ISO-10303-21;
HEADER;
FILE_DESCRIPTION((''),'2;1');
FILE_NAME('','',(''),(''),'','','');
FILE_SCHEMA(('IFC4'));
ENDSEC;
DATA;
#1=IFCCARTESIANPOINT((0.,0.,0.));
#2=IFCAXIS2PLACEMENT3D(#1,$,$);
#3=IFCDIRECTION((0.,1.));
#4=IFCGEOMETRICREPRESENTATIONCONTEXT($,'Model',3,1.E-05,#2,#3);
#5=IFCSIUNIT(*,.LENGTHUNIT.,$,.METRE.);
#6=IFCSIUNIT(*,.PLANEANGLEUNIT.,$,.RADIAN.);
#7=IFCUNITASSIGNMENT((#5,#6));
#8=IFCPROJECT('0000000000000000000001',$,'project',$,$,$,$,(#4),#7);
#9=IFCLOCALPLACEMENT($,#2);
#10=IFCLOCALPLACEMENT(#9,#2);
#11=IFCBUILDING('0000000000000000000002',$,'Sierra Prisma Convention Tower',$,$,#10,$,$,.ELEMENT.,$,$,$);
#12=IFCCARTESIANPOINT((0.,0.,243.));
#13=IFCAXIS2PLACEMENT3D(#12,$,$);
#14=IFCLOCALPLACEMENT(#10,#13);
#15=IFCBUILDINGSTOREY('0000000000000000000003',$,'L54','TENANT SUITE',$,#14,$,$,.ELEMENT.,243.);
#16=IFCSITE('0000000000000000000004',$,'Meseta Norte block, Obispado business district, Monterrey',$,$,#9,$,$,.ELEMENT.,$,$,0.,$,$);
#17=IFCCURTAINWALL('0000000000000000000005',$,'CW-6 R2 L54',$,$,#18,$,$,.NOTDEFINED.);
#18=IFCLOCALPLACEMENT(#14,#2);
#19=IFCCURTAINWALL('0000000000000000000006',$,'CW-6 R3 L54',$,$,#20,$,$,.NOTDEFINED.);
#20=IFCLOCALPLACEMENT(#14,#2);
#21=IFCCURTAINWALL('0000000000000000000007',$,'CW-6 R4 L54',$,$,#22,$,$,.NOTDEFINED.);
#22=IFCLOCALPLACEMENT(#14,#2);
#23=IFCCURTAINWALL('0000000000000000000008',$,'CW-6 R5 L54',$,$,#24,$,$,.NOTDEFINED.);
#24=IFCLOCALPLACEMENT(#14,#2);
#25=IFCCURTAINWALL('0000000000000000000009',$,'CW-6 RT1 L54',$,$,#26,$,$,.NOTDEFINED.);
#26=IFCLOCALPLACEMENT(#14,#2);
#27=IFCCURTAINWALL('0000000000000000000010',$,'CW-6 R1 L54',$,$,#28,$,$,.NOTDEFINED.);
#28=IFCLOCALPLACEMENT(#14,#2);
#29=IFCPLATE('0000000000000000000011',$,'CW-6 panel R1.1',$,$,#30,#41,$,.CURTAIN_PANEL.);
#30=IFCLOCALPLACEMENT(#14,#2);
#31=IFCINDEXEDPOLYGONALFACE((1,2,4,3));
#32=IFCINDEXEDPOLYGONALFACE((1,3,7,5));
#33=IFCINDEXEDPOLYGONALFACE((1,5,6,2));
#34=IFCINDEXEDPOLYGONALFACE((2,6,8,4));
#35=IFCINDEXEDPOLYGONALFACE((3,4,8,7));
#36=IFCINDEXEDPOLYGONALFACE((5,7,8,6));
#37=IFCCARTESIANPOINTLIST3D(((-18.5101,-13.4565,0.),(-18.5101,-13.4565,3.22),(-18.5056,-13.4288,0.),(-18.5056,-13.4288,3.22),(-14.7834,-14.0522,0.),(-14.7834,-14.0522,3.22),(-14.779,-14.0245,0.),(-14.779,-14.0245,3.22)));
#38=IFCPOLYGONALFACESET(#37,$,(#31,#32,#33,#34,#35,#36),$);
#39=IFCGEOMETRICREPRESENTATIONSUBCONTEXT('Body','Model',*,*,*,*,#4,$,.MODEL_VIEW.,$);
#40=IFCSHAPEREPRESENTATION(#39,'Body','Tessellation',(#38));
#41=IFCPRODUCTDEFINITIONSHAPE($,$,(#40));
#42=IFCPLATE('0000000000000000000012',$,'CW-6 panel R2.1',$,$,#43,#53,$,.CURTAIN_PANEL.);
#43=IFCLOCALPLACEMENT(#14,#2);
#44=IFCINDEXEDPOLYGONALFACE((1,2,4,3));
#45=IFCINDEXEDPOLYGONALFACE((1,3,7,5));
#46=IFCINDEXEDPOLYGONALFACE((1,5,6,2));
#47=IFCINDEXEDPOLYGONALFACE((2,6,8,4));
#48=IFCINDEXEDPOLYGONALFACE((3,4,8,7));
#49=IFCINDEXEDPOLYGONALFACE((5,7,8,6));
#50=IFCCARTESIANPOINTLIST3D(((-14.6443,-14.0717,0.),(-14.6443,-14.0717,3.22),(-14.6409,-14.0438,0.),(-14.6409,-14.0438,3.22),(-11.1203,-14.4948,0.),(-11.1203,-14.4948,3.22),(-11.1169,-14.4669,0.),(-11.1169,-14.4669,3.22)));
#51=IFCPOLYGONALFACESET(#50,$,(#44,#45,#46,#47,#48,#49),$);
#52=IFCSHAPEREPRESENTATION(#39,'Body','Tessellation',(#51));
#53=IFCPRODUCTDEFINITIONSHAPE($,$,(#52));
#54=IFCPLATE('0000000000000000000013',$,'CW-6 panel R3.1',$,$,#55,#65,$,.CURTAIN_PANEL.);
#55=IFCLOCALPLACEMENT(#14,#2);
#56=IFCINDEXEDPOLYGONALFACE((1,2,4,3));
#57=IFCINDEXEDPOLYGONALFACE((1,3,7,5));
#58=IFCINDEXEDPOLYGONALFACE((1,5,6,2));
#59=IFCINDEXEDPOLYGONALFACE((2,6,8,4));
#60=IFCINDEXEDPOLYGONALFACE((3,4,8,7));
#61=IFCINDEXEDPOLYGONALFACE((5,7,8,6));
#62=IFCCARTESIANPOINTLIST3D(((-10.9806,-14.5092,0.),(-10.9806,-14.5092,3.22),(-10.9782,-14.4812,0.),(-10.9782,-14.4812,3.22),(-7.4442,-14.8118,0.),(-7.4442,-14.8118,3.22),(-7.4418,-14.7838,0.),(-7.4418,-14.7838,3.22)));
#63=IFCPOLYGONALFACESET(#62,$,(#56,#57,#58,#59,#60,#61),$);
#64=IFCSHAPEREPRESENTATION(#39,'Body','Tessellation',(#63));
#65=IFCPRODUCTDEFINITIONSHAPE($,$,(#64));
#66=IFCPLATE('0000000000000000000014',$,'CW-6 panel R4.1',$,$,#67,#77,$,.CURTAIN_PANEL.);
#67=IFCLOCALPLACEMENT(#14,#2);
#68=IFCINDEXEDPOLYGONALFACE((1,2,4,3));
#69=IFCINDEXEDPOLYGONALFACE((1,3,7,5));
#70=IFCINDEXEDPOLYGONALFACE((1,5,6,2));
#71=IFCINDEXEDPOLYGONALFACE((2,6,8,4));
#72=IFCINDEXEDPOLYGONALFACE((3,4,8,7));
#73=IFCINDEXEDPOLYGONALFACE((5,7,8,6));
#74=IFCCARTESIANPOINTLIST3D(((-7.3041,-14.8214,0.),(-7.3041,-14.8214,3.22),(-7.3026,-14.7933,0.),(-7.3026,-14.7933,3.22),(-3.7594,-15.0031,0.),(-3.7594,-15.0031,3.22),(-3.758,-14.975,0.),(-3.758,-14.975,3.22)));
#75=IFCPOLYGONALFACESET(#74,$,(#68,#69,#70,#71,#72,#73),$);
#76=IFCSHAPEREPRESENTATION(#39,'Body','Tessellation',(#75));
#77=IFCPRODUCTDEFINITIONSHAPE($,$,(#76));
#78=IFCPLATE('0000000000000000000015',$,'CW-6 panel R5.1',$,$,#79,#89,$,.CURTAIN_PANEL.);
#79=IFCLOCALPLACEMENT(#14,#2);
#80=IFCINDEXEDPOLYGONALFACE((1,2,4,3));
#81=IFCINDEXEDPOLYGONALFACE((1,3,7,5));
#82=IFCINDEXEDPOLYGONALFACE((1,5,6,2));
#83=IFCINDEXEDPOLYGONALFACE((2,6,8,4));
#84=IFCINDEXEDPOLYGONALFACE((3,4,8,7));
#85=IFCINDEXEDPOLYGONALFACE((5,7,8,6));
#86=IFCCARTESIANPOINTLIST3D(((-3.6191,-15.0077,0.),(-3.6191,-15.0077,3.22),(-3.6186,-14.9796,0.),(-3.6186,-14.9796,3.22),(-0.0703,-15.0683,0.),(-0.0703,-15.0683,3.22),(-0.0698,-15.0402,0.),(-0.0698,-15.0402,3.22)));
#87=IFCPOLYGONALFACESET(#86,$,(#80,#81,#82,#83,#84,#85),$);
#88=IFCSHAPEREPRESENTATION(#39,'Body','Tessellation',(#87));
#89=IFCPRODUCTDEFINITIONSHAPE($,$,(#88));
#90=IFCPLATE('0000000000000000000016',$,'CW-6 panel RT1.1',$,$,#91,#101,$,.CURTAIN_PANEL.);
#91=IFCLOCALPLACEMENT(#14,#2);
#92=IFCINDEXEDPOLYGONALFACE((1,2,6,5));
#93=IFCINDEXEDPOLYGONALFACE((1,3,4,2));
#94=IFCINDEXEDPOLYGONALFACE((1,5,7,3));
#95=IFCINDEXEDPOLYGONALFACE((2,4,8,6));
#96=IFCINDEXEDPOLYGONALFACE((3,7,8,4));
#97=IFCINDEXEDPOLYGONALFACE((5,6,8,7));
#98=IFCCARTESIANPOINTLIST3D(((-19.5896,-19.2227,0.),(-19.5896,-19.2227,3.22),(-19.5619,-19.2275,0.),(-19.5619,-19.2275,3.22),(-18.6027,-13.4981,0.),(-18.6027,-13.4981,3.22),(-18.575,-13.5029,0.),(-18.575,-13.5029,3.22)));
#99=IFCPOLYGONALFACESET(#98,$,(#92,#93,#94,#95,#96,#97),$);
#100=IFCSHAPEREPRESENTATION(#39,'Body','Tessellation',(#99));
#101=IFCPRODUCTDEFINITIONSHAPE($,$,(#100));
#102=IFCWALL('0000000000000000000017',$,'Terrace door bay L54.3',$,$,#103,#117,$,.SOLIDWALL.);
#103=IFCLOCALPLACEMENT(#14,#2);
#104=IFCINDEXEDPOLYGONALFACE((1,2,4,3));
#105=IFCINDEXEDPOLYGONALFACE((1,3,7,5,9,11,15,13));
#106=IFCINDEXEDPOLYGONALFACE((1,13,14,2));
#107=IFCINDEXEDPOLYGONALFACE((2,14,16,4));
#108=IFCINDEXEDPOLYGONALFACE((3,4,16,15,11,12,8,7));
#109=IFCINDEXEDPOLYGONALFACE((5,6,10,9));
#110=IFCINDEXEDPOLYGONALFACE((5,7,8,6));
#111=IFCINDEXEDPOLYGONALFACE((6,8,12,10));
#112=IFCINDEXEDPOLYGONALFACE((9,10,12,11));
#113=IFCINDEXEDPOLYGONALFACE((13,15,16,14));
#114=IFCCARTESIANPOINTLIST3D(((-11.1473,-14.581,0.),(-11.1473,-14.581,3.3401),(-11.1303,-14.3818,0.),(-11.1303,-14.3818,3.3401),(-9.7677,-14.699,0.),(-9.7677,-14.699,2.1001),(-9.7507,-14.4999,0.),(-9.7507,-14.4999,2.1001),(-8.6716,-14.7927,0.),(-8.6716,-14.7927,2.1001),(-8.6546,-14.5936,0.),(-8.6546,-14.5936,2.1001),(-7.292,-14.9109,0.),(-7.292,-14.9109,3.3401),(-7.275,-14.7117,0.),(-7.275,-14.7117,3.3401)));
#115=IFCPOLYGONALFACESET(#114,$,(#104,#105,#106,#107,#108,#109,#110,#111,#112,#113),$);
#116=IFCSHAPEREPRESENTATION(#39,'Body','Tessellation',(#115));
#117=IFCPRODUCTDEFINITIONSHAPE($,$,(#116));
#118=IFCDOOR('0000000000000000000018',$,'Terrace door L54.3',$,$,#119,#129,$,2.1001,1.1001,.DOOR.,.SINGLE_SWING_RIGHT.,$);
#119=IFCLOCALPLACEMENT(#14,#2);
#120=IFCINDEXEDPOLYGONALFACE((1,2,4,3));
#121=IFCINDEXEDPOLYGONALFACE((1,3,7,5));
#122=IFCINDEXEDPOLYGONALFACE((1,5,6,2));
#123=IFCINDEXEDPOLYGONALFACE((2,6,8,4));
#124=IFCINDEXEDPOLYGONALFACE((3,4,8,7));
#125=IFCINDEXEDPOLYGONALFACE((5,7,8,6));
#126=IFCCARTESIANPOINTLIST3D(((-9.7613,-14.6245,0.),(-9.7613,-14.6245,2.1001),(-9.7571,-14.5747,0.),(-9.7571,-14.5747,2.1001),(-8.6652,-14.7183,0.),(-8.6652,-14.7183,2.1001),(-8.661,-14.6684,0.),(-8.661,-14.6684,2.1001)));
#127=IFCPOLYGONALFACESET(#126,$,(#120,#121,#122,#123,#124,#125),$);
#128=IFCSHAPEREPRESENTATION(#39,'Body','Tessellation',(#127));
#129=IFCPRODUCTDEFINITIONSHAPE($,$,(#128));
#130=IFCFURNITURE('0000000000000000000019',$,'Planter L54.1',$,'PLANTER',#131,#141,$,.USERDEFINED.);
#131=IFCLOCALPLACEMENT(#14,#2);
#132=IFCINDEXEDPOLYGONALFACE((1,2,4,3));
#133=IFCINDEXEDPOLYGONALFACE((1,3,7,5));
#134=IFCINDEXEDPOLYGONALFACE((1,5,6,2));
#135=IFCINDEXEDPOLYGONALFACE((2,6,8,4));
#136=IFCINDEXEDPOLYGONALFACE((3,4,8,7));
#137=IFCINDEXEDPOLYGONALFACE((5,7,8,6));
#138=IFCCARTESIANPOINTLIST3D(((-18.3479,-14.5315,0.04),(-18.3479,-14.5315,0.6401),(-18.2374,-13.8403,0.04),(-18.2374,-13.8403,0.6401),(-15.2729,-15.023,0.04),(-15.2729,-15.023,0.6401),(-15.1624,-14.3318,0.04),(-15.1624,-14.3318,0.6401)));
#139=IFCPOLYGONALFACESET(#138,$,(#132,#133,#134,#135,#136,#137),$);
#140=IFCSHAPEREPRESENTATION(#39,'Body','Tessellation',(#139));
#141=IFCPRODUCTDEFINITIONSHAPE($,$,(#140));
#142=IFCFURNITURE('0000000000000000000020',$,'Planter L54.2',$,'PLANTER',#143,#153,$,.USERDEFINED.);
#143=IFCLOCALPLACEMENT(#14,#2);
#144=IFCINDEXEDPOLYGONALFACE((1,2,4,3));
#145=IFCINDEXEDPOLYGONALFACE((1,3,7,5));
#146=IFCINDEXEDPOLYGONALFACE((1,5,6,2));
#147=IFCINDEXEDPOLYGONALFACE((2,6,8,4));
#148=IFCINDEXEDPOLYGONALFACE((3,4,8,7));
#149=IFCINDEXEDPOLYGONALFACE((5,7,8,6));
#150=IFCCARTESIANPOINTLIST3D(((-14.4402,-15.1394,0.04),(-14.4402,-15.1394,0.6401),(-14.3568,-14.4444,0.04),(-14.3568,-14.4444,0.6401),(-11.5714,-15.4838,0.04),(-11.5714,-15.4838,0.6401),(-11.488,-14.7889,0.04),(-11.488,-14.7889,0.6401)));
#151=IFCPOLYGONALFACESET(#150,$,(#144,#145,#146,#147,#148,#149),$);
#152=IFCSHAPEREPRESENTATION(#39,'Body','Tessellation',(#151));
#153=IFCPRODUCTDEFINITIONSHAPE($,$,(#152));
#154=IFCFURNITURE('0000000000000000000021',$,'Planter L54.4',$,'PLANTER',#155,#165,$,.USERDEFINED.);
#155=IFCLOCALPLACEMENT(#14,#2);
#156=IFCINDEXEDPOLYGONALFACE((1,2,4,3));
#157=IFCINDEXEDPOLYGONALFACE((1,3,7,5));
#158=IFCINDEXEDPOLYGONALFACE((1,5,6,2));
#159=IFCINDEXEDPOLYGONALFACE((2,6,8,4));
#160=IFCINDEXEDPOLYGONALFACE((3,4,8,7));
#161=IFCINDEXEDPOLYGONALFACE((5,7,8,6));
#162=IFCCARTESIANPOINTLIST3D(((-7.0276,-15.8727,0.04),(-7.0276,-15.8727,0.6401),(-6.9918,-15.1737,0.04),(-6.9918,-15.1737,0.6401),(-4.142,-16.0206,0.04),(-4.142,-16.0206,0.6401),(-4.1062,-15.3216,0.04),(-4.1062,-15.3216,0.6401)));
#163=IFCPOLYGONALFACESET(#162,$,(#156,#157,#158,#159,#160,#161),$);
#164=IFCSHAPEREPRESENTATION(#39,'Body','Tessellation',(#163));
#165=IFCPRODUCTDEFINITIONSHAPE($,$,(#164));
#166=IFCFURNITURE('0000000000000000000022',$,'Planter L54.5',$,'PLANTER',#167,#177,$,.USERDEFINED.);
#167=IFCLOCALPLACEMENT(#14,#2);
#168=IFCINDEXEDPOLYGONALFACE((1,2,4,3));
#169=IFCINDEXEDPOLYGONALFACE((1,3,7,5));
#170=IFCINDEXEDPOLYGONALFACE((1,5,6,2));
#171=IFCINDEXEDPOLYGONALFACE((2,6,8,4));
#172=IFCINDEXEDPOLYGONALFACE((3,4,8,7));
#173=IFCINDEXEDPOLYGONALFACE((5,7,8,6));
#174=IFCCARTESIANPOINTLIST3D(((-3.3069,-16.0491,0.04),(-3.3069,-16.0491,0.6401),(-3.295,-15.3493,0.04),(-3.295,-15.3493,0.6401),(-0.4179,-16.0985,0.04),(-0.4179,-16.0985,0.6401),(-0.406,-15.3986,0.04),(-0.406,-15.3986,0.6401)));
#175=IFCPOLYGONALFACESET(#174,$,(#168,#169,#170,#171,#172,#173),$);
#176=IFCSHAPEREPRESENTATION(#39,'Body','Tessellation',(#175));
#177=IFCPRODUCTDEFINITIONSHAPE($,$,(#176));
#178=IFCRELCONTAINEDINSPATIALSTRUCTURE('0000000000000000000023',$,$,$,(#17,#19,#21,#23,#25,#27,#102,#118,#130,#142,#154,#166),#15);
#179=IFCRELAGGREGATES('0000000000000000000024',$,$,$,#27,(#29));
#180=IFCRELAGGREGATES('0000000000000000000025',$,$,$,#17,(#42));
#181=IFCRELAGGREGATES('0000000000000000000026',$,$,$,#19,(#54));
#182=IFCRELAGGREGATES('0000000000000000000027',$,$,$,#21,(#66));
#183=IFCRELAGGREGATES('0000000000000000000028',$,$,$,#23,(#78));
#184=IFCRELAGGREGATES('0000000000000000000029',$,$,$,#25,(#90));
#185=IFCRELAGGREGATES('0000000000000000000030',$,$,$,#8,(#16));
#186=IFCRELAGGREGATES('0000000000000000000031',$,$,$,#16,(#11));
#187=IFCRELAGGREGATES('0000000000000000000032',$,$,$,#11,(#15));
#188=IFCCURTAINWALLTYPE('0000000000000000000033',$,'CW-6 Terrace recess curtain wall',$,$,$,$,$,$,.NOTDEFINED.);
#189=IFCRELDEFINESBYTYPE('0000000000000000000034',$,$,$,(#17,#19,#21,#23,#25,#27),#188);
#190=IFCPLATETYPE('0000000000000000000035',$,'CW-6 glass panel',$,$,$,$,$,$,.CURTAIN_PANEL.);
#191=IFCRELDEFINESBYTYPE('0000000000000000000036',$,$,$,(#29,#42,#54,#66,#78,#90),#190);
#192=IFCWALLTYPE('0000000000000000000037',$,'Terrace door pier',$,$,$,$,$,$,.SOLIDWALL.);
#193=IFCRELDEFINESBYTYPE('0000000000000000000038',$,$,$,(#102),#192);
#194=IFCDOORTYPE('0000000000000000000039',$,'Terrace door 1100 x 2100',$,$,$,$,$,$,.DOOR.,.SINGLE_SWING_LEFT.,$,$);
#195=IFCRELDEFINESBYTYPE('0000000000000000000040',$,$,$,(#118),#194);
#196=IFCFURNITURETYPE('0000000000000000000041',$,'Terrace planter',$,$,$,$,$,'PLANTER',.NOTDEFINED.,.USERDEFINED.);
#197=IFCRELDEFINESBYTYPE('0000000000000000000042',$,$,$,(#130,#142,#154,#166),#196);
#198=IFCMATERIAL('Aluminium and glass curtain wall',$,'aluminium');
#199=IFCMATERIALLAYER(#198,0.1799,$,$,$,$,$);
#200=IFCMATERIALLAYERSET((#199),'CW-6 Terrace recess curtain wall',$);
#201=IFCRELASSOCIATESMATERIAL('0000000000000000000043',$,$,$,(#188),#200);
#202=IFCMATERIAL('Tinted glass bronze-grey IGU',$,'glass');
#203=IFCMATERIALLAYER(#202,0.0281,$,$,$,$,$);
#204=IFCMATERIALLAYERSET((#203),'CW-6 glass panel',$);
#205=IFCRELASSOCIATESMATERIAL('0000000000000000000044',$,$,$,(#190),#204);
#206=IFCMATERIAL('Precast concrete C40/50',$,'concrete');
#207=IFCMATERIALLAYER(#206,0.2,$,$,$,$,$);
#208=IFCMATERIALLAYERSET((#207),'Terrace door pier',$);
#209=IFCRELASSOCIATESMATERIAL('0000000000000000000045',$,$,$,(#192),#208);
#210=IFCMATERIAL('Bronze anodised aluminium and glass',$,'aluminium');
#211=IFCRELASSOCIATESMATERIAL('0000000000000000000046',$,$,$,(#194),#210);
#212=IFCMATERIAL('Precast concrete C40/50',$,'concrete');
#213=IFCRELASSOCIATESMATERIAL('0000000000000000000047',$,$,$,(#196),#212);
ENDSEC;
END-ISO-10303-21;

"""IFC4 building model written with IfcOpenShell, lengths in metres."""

from ifc_helpers import new_model, si_unit, direction, frame, frame_2d, origin, origin_2d, place, context, subcontext, project, spatial, rectangle, extrude, material, layer, layer_set, type_object, element, fill, aggregate, save


model = new_model("IFC4")

# Units and contexts
model_context = context("Model", 3, precision=1e-05, world=origin(), true_north=direction((0.0, 1.0)))
body_context = subcontext(model_context, "Body", "Model", "MODEL_VIEW")
ifc_project = project(units=[si_unit("LENGTHUNIT", "METRE"), si_unit("PLANEANGLEUNIT", "RADIAN")], contexts=[model_context])

# Site, building, storey
site_placement = place(None, origin())
site = spatial("IfcSite", under=ifc_project, at=site_placement, Name="Meseta Norte block, Obispado business district, Monterrey", CompositionType="ELEMENT", RefElevation=0.0)
building_placement = place(site_placement, origin())
building = spatial("IfcBuilding", under=site, at=building_placement, Name="Sierra Prisma Convention Tower", CompositionType="ELEMENT")
storey_placement = place(building_placement, frame((0.0, 0.0, 243.0)))
storey = spatial("IfcBuildingStorey", under=building, at=storey_placement, Name="L54", Description="TENANT SUITE", CompositionType="ELEMENT", Elevation=243.0)

# Curtain walls
ifc_material_1 = material(Name="Aluminium and glass curtain wall", Category="aluminium")
ifc_layer_1 = layer(ifc_material_1, 0.1799)
ifc_layer_set_1 = layer_set([ifc_layer_1], Name="CW-6 Terrace recess curtain wall")
curtain_wall_type_1 = type_object("IfcCurtainWallType", Name="CW-6 Terrace recess curtain wall", PredefinedType="NOTDEFINED", material=ifc_layer_set_1)
curtain_wall_1_placement = place(storey_placement, origin())
curtain_wall_1 = element("IfcCurtainWall", 1, at=curtain_wall_1_placement, inside=storey, type_object=curtain_wall_type_1, Name="CW-6 R2 L54", PredefinedType="NOTDEFINED")
curtain_wall_2_placement = place(storey_placement, origin())
curtain_wall_2 = element("IfcCurtainWall", 2, at=curtain_wall_2_placement, inside=storey, type_object=curtain_wall_type_1, Name="CW-6 R3 L54", PredefinedType="NOTDEFINED")
curtain_wall_3_placement = place(storey_placement, origin())
curtain_wall_3 = element("IfcCurtainWall", 3, at=curtain_wall_3_placement, inside=storey, type_object=curtain_wall_type_1, Name="CW-6 R4 L54", PredefinedType="NOTDEFINED")
curtain_wall_4_placement = place(storey_placement, origin())
curtain_wall_4 = element("IfcCurtainWall", 4, at=curtain_wall_4_placement, inside=storey, type_object=curtain_wall_type_1, Name="CW-6 R5 L54", PredefinedType="NOTDEFINED")

# Curtain wall
curtain_wall_5_placement = place(storey_placement, origin())
curtain_wall_5 = element("IfcCurtainWall", 5, at=curtain_wall_5_placement, inside=storey, type_object=curtain_wall_type_1, Name="CW-6 RT1 L54", PredefinedType="NOTDEFINED")

# Curtain wall
curtain_wall_6_placement = place(storey_placement, origin())
curtain_wall_6 = element("IfcCurtainWall", 6, at=curtain_wall_6_placement, inside=storey, type_object=curtain_wall_type_1, Name="CW-6 R1 L54", PredefinedType="NOTDEFINED")

# Plates
ifc_material_2 = material(Name="Tinted glass bronze-grey IGU", Category="glass")
ifc_layer_2 = layer(ifc_material_2, 0.0281)
ifc_layer_set_2 = layer_set([ifc_layer_2], Name="CW-6 glass panel")
plate_type = type_object("IfcPlateType", Name="CW-6 glass panel", PredefinedType="CURTAIN_PANEL", material=ifc_layer_set_2)
plate_1_placement = place(storey_placement, frame((-16.6445, -13.7405, 0.0), z_axis=(0.0, 0.0, 1.0), x_axis=(0.987463, -0.157853, 0.0)))
plate_1 = element("IfcPlate", 7, at=plate_1_placement, type_object=plate_type, Name="CW-6 panel R1.1", PredefinedType="CURTAIN_PANEL", context=body_context, shape_type="SweptSolid", body=[
    extrude(rectangle(XDim=3.7739, YDim=0.0281, at=origin_2d()), origin(), (0.0, 0.0, 1.0), 3.22),
])
aggregate(curtain_wall_6, [plate_1])
plate_2_placement = place(storey_placement, frame((-12.8806, -14.2693, 0.0), z_axis=(0.0, 0.0, 1.0), x_axis=(0.992868, -0.119218, 0.0)))
plate_2 = element("IfcPlate", 8, at=plate_2_placement, type_object=plate_type, Name="CW-6 panel R2.1", PredefinedType="CURTAIN_PANEL", context=body_context, shape_type="SweptSolid", body=[
    extrude(rectangle(XDim=3.5493, YDim=0.0281, at=origin_2d()), origin(), (0.0, 0.0, 1.0), 3.22),
])
aggregate(curtain_wall_1, [plate_2])
plate_3_placement = place(storey_placement, frame((-9.2112, -14.6465, 0.0), z_axis=(0.0, 0.0, 1.0), x_axis=(0.996359, -0.085255, 0.0)))
plate_3 = element("IfcPlate", 9, at=plate_3_placement, type_object=plate_type, Name="CW-6 panel R3.1", PredefinedType="CURTAIN_PANEL", context=body_context, shape_type="SweptSolid", body=[
    extrude(rectangle(XDim=3.5493, YDim=0.0281, at=origin_2d()), origin(), (0.0, 0.0, 1.0), 3.22),
])
aggregate(curtain_wall_2, [plate_3])
plate_4_placement = place(storey_placement, frame((-5.531, -14.8982, 0.0), z_axis=(0.0, 0.0, 1.0), x_axis=(0.998689, -0.051193, 0.0)))
plate_4 = element("IfcPlate", 10, at=plate_4_placement, type_object=plate_type, Name="CW-6 panel R4.1", PredefinedType="CURTAIN_PANEL", context=body_context, shape_type="SweptSolid", body=[
    extrude(rectangle(XDim=3.5493, YDim=0.0281, at=origin_2d()), origin(), (0.0, 0.0, 1.0), 3.22),
])
aggregate(curtain_wall_3, [plate_4])
plate_5_placement = place(storey_placement, frame((-1.8445, -15.0239, 0.0), z_axis=(0.0, 0.0, 1.0), x_axis=(0.999854, -0.017071, 0.0)))
plate_5 = element("IfcPlate", 11, at=plate_5_placement, type_object=plate_type, Name="CW-6 panel R5.1", PredefinedType="CURTAIN_PANEL", context=body_context, shape_type="SweptSolid", body=[
    extrude(rectangle(XDim=3.5493, YDim=0.0281, at=origin_2d()), origin(), (0.0, 0.0, 1.0), 3.22),
])
aggregate(curtain_wall_4, [plate_5])
plate_6_placement = place(storey_placement, frame((-19.0823, -16.3628, 0.0), z_axis=(0.0, 0.0, 1.0), x_axis=(0.16989, 0.985463, 0.0)))
plate_6 = element("IfcPlate", 12, at=plate_6_placement, type_object=plate_type, Name="CW-6 panel RT1.1", PredefinedType="CURTAIN_PANEL", context=body_context, shape_type="SweptSolid", body=[
    extrude(rectangle(XDim=5.8091, YDim=0.0281, at=origin_2d()), origin(), (0.0, 0.0, 1.0), 3.22),
])
aggregate(curtain_wall_5, [plate_6])

# Wall, opening, door
ifc_material_3 = material(Name="Precast concrete C40/50", Category="concrete")
ifc_layer_3 = layer(ifc_material_3, 0.2)
ifc_layer_set_3 = layer_set([ifc_layer_3], Name="Terrace door pier")
wall_type = type_object("IfcWallType", Name="Terrace door pier", PredefinedType="SOLIDWALL", material=ifc_layer_set_3)
wall_placement = place(storey_placement, frame((-11.1387, -14.4814, 0.0), z_axis=(0.0, 0.0, 1.0), x_axis=(0.99636, -0.085244, 0.0)))
wall = element("IfcWall", 13, at=wall_placement, inside=storey, type_object=wall_type, Name="Terrace door bay L54.3", PredefinedType="SOLIDWALL", context=body_context, shape_type="SweptSolid", body=[
    extrude(rectangle(XDim=3.8694, YDim=0.2, at=frame_2d((1.9346, 0.0))), origin(), (0.0, 0.0, 1.0), 3.3401),
])
opening_placement = place(wall_placement, frame((1.3845, 0.0, 0.0)))
opening = element("IfcOpeningElement", 14, at=opening_placement, cuts=wall, PredefinedType="OPENING", context=body_context, shape_type="SweptSolid", body=[
    extrude(rectangle(XDim=1.1001, YDim=2.1001, at=frame_2d((0.55, 1.05))), frame((0.0, 0.1001, 0.0), z_axis=(0.0, -1.0, 0.0), x_axis=(1.0, 0.0, 0.0)), (0.0, 0.0, 1.0), 0.2),
])
ifc_material_4 = material(Name="Bronze anodised aluminium and glass", Category="aluminium")
door_type = type_object("IfcDoorType", Name="Terrace door 1100 x 2100", OperationType="SINGLE_SWING_LEFT", PredefinedType="DOOR", material=ifc_material_4)
door_placement = place(opening_placement, origin())
door = element("IfcDoor", 15, at=door_placement, inside=storey, type_object=door_type, Name="Terrace door L54.3", OperationType="SINGLE_SWING_RIGHT", OverallHeight=2.1001, OverallWidth=1.1001, PredefinedType="DOOR", context=body_context, shape_type="SweptSolid", body=[
    extrude(rectangle(XDim=1.1001, YDim=2.1001, at=frame_2d((0.55, 1.05))), frame((0.0, 0.0249, 0.0), z_axis=(0.0, -1.0, 0.0), x_axis=(1.0, 0.0, 0.0)), (0.0, 0.0, 1.0), 0.05),
])
fill(opening, door)

# Furniture
ifc_material_5 = material(Name="Precast concrete C40/50", Category="concrete")
furniture_type = type_object("IfcFurnitureType", Name="Terrace planter", ElementType="PLANTER", AssemblyPlace="NOTDEFINED", PredefinedType="USERDEFINED", material=ifc_material_5)
furniture_placement = place(storey_placement, frame((-16.7551, -14.4316, 0.04), z_axis=(0.0, 0.0, 1.0), x_axis=(0.987463, -0.157853, 0.0)))
element("IfcFurniture", 16, at=furniture_placement, inside=storey, type_object=furniture_type, Name="Planter L54.1", ObjectType="PLANTER", PredefinedType="USERDEFINED", context=body_context, shape_type="SweptSolid", body=[
    extrude(rectangle(XDim=3.114, YDim=0.7, at=origin_2d()), origin(), (0.0, 0.0, 1.0), 0.6001),
])
for number, where, z_axis, x_axis, name in (
    (17, (-12.9641, -14.9641, 0.04), (0.0, 0.0, 1.0), (0.992868, -0.119218, 0.0), "Planter L54.2"),
    (18, (-5.5669, -15.5972, 0.04), (0.0, 0.0, 1.0), (0.998689, -0.051193, 0.0), "Planter L54.4"),
    (19, (-1.8564, -15.7239, 0.04), (0.0, 0.0, 1.0), (0.999854, -0.017071, 0.0), "Planter L54.5"),
):
    element("IfcFurniture", number, at=place(storey_placement, frame(where, z_axis=z_axis, x_axis=x_axis)), inside=storey, type_object=furniture_type, Name=name, ObjectType="PLANTER", PredefinedType="USERDEFINED", context=body_context, shape_type="SweptSolid", body=[
        extrude(rectangle(XDim=2.8894, YDim=0.7, at=origin_2d()), origin(), (0.0, 0.0, 1.0), 0.6001),
    ])

save(model, "model.ifc")
